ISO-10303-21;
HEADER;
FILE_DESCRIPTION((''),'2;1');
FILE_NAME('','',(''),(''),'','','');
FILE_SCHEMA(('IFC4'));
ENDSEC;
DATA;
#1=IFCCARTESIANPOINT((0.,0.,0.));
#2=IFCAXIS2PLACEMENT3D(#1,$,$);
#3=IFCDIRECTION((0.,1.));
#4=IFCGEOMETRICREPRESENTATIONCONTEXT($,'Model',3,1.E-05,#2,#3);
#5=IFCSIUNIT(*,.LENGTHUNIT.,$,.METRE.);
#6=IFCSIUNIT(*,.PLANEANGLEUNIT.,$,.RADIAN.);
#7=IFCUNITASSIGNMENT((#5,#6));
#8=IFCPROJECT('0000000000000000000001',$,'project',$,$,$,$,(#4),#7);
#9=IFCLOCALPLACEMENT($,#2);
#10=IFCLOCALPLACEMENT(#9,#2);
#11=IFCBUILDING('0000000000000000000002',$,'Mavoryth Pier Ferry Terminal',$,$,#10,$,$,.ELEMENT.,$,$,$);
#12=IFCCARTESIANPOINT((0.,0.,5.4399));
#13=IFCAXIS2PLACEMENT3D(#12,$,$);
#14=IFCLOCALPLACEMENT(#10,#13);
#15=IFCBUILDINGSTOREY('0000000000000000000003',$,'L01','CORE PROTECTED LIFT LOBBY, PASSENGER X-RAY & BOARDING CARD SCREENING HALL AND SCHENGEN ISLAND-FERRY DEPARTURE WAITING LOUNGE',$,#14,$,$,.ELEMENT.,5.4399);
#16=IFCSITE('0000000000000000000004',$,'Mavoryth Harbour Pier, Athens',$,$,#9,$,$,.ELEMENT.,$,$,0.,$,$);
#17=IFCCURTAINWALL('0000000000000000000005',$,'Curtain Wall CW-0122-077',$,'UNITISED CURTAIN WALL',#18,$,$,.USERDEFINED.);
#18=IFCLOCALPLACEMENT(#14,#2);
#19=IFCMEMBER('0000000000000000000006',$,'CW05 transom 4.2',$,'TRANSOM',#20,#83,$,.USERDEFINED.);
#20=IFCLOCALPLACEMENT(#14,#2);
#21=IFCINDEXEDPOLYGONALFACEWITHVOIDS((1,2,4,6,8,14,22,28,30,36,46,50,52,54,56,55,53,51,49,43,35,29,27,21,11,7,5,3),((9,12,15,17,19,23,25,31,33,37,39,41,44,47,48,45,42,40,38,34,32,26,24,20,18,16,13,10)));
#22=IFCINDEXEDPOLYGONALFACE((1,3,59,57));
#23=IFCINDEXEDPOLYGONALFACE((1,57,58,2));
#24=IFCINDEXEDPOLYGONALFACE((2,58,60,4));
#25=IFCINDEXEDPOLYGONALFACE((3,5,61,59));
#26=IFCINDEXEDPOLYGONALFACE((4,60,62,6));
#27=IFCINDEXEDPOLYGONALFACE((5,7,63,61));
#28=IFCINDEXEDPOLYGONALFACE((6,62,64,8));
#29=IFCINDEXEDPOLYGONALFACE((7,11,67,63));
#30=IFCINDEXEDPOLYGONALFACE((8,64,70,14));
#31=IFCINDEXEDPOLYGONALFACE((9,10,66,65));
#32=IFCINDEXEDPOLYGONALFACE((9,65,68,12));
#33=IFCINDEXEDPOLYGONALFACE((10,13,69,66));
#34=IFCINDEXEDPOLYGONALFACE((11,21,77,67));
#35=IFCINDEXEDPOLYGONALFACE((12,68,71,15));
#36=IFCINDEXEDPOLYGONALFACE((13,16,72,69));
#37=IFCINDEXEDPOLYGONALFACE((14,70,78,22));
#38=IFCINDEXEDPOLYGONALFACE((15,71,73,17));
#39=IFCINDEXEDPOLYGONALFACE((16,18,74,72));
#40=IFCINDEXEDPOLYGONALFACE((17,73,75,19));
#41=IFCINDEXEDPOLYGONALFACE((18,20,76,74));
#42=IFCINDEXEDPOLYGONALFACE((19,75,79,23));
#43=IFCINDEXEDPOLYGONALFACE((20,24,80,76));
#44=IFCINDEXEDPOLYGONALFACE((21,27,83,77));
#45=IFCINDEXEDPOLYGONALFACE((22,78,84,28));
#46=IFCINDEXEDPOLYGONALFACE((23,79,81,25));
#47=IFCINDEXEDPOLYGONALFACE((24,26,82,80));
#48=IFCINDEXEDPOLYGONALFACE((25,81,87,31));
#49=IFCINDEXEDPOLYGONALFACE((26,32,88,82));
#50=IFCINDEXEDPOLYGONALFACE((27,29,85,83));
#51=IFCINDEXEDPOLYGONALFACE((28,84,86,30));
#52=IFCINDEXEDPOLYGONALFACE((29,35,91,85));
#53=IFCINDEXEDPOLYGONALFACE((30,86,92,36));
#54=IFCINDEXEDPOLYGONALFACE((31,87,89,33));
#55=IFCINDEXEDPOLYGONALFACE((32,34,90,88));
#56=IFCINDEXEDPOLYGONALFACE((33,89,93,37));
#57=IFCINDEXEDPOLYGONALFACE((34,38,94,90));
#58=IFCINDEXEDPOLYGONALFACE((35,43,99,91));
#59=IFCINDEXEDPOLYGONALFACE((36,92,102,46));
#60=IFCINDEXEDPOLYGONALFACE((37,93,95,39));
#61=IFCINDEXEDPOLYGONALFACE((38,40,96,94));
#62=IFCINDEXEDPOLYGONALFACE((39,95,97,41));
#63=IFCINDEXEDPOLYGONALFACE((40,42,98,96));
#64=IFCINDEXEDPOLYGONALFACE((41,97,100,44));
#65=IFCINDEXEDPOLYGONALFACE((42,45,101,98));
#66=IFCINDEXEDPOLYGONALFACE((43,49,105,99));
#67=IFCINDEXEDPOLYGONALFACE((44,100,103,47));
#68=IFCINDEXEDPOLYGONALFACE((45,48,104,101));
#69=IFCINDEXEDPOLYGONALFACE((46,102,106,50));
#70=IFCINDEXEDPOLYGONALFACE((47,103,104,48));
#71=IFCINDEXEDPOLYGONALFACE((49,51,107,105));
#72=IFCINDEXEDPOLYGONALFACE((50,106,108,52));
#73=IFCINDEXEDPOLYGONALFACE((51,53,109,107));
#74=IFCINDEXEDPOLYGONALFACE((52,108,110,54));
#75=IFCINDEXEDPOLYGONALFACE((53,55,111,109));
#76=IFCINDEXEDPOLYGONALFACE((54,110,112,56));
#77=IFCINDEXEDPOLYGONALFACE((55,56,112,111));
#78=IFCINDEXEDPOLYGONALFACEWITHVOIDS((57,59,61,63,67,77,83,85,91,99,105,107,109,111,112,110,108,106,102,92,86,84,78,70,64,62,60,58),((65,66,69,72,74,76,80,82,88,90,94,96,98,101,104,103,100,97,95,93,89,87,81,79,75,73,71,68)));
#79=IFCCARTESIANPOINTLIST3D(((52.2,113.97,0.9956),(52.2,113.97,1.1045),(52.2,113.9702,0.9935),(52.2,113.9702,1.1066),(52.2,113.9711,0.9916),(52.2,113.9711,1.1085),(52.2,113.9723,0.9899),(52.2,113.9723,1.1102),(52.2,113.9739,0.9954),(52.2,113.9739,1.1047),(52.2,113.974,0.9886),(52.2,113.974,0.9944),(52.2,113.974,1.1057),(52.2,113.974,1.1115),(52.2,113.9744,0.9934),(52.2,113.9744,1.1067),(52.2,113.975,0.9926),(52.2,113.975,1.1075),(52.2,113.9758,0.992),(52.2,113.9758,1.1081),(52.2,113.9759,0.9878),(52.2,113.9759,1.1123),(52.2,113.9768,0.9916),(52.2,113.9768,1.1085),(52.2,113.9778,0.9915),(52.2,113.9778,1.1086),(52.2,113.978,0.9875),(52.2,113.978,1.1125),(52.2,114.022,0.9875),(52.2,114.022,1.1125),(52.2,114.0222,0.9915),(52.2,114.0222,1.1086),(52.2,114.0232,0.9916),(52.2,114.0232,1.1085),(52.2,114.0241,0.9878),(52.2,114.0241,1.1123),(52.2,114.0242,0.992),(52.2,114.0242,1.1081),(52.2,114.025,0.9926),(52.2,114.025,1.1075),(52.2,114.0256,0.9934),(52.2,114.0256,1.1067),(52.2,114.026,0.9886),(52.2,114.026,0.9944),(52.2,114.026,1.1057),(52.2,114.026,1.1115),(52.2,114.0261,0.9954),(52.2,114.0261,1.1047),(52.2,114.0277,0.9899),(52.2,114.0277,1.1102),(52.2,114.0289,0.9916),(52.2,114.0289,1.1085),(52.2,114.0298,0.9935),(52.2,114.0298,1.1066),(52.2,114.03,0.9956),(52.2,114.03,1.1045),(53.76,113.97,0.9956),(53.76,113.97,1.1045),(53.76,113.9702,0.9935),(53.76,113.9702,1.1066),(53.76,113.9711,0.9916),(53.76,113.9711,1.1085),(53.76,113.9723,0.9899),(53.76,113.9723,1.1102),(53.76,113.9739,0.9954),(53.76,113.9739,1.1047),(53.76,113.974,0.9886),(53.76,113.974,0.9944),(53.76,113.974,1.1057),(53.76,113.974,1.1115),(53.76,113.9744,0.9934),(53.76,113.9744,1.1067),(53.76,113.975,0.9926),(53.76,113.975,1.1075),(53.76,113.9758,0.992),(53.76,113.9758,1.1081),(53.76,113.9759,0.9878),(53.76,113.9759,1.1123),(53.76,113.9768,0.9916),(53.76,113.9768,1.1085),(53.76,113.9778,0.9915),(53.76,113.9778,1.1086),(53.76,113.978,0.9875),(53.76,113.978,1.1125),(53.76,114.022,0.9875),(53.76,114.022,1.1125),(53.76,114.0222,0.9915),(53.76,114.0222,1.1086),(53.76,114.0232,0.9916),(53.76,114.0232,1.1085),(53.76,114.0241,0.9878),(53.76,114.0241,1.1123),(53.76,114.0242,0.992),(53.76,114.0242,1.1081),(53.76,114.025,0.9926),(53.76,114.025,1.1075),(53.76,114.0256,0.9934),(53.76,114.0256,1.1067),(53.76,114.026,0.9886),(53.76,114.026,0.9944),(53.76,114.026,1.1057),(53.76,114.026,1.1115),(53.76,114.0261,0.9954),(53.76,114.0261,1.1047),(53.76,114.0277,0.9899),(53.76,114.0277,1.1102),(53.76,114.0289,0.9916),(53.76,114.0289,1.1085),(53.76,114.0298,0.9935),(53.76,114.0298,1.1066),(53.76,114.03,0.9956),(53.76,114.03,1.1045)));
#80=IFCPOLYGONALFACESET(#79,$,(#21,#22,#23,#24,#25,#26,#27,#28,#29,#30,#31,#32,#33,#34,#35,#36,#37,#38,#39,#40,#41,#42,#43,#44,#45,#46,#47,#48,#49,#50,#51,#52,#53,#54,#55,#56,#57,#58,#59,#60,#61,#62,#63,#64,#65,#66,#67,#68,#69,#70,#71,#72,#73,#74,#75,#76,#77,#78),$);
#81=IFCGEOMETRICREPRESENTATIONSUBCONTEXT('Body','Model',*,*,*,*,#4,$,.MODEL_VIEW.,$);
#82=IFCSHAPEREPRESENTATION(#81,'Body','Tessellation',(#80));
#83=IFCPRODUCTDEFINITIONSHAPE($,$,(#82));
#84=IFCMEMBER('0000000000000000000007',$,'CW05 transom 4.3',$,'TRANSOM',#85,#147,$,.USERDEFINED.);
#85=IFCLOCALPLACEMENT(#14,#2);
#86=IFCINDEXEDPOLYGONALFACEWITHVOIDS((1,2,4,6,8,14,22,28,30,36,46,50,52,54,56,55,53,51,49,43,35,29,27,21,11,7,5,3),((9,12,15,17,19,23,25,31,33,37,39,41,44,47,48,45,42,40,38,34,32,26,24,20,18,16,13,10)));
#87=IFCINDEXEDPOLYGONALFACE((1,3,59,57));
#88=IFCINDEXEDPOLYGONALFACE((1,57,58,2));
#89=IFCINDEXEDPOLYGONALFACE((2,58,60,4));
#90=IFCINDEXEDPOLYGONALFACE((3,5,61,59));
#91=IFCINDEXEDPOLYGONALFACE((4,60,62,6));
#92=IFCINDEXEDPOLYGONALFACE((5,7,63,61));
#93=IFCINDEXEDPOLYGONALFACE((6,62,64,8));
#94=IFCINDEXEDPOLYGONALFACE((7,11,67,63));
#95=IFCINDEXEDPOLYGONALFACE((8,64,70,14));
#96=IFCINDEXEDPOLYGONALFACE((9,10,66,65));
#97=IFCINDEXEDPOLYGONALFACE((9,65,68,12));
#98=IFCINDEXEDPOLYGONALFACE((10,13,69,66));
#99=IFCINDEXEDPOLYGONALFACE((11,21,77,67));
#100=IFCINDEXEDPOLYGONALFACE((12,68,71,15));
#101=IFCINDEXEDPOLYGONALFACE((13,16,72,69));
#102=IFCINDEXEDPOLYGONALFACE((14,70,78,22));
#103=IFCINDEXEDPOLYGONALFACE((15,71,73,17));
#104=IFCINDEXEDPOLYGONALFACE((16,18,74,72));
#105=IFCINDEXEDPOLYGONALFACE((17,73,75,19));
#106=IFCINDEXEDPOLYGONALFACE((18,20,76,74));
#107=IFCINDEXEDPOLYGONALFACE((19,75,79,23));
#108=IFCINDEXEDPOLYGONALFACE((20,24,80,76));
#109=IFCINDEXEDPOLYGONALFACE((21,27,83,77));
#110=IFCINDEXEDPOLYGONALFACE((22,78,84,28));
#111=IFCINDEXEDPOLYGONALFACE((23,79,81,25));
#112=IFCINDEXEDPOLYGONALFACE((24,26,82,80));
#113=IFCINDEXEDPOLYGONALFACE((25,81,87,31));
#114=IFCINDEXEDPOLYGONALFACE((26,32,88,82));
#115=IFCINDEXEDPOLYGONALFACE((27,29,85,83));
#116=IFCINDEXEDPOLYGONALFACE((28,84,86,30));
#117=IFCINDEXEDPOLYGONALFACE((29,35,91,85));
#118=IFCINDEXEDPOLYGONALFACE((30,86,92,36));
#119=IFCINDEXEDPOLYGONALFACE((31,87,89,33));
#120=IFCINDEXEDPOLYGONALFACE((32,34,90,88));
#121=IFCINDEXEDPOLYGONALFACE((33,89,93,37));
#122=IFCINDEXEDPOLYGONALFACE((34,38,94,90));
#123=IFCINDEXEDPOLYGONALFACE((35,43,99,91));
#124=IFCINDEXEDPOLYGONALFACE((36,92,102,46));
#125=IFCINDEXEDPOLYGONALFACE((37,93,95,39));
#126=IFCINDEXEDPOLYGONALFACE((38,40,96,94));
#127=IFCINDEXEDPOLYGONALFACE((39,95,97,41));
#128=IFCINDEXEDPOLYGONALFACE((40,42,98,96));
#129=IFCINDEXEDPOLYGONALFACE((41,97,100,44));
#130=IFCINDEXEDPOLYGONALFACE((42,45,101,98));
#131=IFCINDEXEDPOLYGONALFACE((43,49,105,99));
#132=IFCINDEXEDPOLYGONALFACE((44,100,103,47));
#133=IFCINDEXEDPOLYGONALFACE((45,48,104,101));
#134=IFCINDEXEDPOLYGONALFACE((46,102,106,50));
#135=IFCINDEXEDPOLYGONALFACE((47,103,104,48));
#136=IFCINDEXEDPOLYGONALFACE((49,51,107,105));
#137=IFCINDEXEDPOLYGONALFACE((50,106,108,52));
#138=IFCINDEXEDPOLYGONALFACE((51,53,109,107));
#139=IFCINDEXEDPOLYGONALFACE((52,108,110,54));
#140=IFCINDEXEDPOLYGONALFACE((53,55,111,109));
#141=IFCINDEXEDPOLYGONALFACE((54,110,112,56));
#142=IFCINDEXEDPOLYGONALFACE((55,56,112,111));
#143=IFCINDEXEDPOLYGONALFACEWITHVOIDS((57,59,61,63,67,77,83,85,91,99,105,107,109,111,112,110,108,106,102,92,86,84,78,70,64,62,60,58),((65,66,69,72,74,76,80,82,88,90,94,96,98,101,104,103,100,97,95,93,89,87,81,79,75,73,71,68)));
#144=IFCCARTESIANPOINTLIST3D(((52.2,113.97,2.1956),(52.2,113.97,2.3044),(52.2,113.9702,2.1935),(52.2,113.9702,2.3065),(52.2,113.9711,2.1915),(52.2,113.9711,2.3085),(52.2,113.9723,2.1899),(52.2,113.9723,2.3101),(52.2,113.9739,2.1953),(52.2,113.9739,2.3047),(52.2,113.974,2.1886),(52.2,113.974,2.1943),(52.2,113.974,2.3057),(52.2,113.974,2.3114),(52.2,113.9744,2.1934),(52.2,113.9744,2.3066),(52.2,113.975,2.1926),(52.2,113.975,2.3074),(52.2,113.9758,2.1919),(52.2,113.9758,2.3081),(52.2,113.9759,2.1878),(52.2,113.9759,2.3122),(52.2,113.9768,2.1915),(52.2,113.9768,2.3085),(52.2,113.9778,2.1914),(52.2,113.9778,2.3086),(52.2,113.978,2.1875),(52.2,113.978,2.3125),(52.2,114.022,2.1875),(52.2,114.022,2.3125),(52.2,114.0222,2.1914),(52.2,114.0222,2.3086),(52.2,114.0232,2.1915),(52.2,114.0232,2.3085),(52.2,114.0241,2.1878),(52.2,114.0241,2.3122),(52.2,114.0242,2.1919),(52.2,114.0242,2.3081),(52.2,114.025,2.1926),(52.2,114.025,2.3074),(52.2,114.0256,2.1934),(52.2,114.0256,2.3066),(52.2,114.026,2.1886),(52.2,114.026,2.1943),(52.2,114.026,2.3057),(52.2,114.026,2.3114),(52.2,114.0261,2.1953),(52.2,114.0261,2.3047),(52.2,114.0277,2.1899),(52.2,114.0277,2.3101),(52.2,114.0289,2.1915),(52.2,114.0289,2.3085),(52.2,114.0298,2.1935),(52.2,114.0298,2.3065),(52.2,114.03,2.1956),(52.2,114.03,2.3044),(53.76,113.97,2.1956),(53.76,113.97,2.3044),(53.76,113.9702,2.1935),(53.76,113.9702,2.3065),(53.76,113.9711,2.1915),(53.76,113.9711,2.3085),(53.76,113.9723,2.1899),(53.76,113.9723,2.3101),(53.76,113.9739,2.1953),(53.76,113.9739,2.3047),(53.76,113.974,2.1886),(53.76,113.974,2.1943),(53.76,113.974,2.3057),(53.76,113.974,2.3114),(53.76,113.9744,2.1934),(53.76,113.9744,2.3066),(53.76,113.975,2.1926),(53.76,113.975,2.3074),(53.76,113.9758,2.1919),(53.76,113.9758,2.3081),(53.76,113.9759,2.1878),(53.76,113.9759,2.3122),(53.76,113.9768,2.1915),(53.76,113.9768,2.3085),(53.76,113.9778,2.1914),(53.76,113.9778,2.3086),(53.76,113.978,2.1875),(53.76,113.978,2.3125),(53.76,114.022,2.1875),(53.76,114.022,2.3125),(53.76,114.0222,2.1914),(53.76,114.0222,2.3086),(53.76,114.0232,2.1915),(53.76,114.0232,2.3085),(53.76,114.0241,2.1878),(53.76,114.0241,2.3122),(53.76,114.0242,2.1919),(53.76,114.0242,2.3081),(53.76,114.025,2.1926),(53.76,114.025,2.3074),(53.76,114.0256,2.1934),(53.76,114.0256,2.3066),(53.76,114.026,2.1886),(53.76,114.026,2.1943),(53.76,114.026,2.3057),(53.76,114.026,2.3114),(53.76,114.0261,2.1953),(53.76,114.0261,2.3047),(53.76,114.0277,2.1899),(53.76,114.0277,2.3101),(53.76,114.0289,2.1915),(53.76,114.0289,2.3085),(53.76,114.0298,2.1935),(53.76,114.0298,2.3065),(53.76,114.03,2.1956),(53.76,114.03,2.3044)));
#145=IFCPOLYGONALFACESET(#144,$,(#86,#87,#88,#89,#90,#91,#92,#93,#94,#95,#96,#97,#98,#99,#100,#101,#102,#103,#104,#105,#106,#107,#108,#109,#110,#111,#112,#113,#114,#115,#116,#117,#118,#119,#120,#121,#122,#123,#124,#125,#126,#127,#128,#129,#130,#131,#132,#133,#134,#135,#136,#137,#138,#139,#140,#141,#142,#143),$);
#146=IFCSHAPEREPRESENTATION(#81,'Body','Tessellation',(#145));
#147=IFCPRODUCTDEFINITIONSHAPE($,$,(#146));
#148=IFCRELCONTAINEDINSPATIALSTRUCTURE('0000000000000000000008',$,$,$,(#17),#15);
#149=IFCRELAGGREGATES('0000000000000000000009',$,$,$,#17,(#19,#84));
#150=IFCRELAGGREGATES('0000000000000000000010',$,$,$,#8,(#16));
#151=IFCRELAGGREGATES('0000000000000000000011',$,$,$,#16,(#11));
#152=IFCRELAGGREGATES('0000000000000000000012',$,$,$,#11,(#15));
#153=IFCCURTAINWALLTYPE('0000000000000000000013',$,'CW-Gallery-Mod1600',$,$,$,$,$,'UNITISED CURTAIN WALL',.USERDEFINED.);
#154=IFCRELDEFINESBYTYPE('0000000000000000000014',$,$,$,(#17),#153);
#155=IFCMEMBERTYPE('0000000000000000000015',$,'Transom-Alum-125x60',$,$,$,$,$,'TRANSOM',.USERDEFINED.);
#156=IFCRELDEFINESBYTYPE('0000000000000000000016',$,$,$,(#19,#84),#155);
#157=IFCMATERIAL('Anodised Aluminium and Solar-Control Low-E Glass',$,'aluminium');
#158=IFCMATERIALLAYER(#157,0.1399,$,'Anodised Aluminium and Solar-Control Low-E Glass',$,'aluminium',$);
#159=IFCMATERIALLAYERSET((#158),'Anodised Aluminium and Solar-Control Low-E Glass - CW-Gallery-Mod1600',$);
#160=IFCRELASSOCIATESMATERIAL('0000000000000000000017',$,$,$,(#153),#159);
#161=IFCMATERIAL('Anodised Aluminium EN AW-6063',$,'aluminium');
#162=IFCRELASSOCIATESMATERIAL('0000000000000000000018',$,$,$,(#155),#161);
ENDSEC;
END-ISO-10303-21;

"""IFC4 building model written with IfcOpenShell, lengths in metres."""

from ifc_helpers import new_model, si_unit, direction, frame, origin, origin_2d, place, context, subcontext, project, spatial, hollow_rectangle, extrude, material, layer, layer_set, material_profile, profile_set, type_object, element, aggregate, save


model = new_model("IFC4")

# Units and contexts
model_context = context("Model", 3, precision=1e-05, world=origin(), true_north=direction((0.0, 1.0)))
body_context = subcontext(model_context, "Body", "Model", "MODEL_VIEW")
ifc_project = project(units=[si_unit("LENGTHUNIT", "METRE"), si_unit("PLANEANGLEUNIT", "RADIAN")], contexts=[model_context])

# Site, building, storey
site_placement = place(None, origin())
site = spatial("IfcSite", under=ifc_project, at=site_placement, Name="Mavoryth Harbour Pier, Athens", CompositionType="ELEMENT", RefElevation=0.0)
building_placement = place(site_placement, origin())
building = spatial("IfcBuilding", under=site, at=building_placement, Name="Mavoryth Pier Ferry Terminal", CompositionType="ELEMENT")
storey_placement = place(building_placement, frame((0.0, 0.0, 5.4399)))
storey = spatial("IfcBuildingStorey", under=building, at=storey_placement, Name="L01", Description="CORE PROTECTED LIFT LOBBY, PASSENGER X-RAY & BOARDING CARD SCREENING HALL AND SCHENGEN ISLAND-FERRY DEPARTURE WAITING LOUNGE", CompositionType="ELEMENT", Elevation=5.4399)

# Curtain wall
ifc_material_1 = material(Name="Anodised Aluminium and Solar-Control Low-E Glass", Category="aluminium")
ifc_layer_1 = layer(ifc_material_1, 0.1399, Name="Anodised Aluminium and Solar-Control Low-E Glass", Category="aluminium")
ifc_layer_set_1 = layer_set([ifc_layer_1], Name="Anodised Aluminium and Solar-Control Low-E Glass - CW-Gallery-Mod1600")
curtain_wall_type = type_object("IfcCurtainWallType", Name="CW-Gallery-Mod1600", ElementType="UNITISED CURTAIN WALL", PredefinedType="USERDEFINED", material=ifc_layer_set_1)
curtain_wall_1_placement = place(storey_placement, origin())
curtain_wall_1 = element("IfcCurtainWall", 1, at=curtain_wall_1_placement, inside=storey, type_object=curtain_wall_type, Name="Curtain Wall CW-0122-077", ObjectType="UNITISED CURTAIN WALL", PredefinedType="USERDEFINED")
ifc_material_2 = material(Name="Anodised Aluminium EN AW-6063", Category="aluminium")

# Members
ifc_material_profile_1 = material_profile(ifc_material_2, hollow_rectangle(XDim=0.0601, YDim=0.125, WallThickness=0.0039, InnerFilletRadius=0.0039, OuterFilletRadius=0.0081, at=origin_2d()), Name="AL-TRAN 125x60x4", Category="aluminium")
ifc_profile_set_1 = profile_set([ifc_material_profile_1], Name="Anodised Aluminium EN AW-6063 - AL-TRAN 125x60x4")
member_type_1 = type_object("IfcMemberType", Name="Transom-Alum-125x60", ElementType="TRANSOM", PredefinedType="USERDEFINED", material=ifc_profile_set_1)
member_1_placement = place(storey_placement, frame((53.76, 114.0, 1.05), z_axis=(-1.0, 0.0, 0.0), x_axis=(0.0, -1.0, 0.0)))
member_1 = element("IfcMember", 2, at=member_1_placement, type_object=member_type_1, Name="CW05 transom 4.2", ObjectType="TRANSOM", PredefinedType="USERDEFINED", context=body_context, shape_type="SweptSolid", body=[
    extrude(hollow_rectangle(XDim=0.0601, YDim=0.125, WallThickness=0.0039, InnerFilletRadius=0.0039, OuterFilletRadius=0.0081, at=origin_2d()), origin(), (0.0, 0.0, 1.0), 1.5601),
])
member_2_placement = place(storey_placement, frame((53.76, 114.0, 2.25), z_axis=(-1.0, 0.0, 0.0), x_axis=(0.0, -1.0, 0.0)))
member_2 = element("IfcMember", 3, at=member_2_placement, type_object=member_type_1, Name="CW05 transom 4.3", ObjectType="TRANSOM", PredefinedType="USERDEFINED", context=body_context, shape_type="SweptSolid", body=[
    extrude(hollow_rectangle(XDim=0.0601, YDim=0.125, WallThickness=0.0039, InnerFilletRadius=0.0039, OuterFilletRadius=0.0081, at=origin_2d()), origin(), (0.0, 0.0, 1.0), 1.5601),
])

aggregate(curtain_wall_1, [member_1, member_2])

save(model, "model.ifc")
